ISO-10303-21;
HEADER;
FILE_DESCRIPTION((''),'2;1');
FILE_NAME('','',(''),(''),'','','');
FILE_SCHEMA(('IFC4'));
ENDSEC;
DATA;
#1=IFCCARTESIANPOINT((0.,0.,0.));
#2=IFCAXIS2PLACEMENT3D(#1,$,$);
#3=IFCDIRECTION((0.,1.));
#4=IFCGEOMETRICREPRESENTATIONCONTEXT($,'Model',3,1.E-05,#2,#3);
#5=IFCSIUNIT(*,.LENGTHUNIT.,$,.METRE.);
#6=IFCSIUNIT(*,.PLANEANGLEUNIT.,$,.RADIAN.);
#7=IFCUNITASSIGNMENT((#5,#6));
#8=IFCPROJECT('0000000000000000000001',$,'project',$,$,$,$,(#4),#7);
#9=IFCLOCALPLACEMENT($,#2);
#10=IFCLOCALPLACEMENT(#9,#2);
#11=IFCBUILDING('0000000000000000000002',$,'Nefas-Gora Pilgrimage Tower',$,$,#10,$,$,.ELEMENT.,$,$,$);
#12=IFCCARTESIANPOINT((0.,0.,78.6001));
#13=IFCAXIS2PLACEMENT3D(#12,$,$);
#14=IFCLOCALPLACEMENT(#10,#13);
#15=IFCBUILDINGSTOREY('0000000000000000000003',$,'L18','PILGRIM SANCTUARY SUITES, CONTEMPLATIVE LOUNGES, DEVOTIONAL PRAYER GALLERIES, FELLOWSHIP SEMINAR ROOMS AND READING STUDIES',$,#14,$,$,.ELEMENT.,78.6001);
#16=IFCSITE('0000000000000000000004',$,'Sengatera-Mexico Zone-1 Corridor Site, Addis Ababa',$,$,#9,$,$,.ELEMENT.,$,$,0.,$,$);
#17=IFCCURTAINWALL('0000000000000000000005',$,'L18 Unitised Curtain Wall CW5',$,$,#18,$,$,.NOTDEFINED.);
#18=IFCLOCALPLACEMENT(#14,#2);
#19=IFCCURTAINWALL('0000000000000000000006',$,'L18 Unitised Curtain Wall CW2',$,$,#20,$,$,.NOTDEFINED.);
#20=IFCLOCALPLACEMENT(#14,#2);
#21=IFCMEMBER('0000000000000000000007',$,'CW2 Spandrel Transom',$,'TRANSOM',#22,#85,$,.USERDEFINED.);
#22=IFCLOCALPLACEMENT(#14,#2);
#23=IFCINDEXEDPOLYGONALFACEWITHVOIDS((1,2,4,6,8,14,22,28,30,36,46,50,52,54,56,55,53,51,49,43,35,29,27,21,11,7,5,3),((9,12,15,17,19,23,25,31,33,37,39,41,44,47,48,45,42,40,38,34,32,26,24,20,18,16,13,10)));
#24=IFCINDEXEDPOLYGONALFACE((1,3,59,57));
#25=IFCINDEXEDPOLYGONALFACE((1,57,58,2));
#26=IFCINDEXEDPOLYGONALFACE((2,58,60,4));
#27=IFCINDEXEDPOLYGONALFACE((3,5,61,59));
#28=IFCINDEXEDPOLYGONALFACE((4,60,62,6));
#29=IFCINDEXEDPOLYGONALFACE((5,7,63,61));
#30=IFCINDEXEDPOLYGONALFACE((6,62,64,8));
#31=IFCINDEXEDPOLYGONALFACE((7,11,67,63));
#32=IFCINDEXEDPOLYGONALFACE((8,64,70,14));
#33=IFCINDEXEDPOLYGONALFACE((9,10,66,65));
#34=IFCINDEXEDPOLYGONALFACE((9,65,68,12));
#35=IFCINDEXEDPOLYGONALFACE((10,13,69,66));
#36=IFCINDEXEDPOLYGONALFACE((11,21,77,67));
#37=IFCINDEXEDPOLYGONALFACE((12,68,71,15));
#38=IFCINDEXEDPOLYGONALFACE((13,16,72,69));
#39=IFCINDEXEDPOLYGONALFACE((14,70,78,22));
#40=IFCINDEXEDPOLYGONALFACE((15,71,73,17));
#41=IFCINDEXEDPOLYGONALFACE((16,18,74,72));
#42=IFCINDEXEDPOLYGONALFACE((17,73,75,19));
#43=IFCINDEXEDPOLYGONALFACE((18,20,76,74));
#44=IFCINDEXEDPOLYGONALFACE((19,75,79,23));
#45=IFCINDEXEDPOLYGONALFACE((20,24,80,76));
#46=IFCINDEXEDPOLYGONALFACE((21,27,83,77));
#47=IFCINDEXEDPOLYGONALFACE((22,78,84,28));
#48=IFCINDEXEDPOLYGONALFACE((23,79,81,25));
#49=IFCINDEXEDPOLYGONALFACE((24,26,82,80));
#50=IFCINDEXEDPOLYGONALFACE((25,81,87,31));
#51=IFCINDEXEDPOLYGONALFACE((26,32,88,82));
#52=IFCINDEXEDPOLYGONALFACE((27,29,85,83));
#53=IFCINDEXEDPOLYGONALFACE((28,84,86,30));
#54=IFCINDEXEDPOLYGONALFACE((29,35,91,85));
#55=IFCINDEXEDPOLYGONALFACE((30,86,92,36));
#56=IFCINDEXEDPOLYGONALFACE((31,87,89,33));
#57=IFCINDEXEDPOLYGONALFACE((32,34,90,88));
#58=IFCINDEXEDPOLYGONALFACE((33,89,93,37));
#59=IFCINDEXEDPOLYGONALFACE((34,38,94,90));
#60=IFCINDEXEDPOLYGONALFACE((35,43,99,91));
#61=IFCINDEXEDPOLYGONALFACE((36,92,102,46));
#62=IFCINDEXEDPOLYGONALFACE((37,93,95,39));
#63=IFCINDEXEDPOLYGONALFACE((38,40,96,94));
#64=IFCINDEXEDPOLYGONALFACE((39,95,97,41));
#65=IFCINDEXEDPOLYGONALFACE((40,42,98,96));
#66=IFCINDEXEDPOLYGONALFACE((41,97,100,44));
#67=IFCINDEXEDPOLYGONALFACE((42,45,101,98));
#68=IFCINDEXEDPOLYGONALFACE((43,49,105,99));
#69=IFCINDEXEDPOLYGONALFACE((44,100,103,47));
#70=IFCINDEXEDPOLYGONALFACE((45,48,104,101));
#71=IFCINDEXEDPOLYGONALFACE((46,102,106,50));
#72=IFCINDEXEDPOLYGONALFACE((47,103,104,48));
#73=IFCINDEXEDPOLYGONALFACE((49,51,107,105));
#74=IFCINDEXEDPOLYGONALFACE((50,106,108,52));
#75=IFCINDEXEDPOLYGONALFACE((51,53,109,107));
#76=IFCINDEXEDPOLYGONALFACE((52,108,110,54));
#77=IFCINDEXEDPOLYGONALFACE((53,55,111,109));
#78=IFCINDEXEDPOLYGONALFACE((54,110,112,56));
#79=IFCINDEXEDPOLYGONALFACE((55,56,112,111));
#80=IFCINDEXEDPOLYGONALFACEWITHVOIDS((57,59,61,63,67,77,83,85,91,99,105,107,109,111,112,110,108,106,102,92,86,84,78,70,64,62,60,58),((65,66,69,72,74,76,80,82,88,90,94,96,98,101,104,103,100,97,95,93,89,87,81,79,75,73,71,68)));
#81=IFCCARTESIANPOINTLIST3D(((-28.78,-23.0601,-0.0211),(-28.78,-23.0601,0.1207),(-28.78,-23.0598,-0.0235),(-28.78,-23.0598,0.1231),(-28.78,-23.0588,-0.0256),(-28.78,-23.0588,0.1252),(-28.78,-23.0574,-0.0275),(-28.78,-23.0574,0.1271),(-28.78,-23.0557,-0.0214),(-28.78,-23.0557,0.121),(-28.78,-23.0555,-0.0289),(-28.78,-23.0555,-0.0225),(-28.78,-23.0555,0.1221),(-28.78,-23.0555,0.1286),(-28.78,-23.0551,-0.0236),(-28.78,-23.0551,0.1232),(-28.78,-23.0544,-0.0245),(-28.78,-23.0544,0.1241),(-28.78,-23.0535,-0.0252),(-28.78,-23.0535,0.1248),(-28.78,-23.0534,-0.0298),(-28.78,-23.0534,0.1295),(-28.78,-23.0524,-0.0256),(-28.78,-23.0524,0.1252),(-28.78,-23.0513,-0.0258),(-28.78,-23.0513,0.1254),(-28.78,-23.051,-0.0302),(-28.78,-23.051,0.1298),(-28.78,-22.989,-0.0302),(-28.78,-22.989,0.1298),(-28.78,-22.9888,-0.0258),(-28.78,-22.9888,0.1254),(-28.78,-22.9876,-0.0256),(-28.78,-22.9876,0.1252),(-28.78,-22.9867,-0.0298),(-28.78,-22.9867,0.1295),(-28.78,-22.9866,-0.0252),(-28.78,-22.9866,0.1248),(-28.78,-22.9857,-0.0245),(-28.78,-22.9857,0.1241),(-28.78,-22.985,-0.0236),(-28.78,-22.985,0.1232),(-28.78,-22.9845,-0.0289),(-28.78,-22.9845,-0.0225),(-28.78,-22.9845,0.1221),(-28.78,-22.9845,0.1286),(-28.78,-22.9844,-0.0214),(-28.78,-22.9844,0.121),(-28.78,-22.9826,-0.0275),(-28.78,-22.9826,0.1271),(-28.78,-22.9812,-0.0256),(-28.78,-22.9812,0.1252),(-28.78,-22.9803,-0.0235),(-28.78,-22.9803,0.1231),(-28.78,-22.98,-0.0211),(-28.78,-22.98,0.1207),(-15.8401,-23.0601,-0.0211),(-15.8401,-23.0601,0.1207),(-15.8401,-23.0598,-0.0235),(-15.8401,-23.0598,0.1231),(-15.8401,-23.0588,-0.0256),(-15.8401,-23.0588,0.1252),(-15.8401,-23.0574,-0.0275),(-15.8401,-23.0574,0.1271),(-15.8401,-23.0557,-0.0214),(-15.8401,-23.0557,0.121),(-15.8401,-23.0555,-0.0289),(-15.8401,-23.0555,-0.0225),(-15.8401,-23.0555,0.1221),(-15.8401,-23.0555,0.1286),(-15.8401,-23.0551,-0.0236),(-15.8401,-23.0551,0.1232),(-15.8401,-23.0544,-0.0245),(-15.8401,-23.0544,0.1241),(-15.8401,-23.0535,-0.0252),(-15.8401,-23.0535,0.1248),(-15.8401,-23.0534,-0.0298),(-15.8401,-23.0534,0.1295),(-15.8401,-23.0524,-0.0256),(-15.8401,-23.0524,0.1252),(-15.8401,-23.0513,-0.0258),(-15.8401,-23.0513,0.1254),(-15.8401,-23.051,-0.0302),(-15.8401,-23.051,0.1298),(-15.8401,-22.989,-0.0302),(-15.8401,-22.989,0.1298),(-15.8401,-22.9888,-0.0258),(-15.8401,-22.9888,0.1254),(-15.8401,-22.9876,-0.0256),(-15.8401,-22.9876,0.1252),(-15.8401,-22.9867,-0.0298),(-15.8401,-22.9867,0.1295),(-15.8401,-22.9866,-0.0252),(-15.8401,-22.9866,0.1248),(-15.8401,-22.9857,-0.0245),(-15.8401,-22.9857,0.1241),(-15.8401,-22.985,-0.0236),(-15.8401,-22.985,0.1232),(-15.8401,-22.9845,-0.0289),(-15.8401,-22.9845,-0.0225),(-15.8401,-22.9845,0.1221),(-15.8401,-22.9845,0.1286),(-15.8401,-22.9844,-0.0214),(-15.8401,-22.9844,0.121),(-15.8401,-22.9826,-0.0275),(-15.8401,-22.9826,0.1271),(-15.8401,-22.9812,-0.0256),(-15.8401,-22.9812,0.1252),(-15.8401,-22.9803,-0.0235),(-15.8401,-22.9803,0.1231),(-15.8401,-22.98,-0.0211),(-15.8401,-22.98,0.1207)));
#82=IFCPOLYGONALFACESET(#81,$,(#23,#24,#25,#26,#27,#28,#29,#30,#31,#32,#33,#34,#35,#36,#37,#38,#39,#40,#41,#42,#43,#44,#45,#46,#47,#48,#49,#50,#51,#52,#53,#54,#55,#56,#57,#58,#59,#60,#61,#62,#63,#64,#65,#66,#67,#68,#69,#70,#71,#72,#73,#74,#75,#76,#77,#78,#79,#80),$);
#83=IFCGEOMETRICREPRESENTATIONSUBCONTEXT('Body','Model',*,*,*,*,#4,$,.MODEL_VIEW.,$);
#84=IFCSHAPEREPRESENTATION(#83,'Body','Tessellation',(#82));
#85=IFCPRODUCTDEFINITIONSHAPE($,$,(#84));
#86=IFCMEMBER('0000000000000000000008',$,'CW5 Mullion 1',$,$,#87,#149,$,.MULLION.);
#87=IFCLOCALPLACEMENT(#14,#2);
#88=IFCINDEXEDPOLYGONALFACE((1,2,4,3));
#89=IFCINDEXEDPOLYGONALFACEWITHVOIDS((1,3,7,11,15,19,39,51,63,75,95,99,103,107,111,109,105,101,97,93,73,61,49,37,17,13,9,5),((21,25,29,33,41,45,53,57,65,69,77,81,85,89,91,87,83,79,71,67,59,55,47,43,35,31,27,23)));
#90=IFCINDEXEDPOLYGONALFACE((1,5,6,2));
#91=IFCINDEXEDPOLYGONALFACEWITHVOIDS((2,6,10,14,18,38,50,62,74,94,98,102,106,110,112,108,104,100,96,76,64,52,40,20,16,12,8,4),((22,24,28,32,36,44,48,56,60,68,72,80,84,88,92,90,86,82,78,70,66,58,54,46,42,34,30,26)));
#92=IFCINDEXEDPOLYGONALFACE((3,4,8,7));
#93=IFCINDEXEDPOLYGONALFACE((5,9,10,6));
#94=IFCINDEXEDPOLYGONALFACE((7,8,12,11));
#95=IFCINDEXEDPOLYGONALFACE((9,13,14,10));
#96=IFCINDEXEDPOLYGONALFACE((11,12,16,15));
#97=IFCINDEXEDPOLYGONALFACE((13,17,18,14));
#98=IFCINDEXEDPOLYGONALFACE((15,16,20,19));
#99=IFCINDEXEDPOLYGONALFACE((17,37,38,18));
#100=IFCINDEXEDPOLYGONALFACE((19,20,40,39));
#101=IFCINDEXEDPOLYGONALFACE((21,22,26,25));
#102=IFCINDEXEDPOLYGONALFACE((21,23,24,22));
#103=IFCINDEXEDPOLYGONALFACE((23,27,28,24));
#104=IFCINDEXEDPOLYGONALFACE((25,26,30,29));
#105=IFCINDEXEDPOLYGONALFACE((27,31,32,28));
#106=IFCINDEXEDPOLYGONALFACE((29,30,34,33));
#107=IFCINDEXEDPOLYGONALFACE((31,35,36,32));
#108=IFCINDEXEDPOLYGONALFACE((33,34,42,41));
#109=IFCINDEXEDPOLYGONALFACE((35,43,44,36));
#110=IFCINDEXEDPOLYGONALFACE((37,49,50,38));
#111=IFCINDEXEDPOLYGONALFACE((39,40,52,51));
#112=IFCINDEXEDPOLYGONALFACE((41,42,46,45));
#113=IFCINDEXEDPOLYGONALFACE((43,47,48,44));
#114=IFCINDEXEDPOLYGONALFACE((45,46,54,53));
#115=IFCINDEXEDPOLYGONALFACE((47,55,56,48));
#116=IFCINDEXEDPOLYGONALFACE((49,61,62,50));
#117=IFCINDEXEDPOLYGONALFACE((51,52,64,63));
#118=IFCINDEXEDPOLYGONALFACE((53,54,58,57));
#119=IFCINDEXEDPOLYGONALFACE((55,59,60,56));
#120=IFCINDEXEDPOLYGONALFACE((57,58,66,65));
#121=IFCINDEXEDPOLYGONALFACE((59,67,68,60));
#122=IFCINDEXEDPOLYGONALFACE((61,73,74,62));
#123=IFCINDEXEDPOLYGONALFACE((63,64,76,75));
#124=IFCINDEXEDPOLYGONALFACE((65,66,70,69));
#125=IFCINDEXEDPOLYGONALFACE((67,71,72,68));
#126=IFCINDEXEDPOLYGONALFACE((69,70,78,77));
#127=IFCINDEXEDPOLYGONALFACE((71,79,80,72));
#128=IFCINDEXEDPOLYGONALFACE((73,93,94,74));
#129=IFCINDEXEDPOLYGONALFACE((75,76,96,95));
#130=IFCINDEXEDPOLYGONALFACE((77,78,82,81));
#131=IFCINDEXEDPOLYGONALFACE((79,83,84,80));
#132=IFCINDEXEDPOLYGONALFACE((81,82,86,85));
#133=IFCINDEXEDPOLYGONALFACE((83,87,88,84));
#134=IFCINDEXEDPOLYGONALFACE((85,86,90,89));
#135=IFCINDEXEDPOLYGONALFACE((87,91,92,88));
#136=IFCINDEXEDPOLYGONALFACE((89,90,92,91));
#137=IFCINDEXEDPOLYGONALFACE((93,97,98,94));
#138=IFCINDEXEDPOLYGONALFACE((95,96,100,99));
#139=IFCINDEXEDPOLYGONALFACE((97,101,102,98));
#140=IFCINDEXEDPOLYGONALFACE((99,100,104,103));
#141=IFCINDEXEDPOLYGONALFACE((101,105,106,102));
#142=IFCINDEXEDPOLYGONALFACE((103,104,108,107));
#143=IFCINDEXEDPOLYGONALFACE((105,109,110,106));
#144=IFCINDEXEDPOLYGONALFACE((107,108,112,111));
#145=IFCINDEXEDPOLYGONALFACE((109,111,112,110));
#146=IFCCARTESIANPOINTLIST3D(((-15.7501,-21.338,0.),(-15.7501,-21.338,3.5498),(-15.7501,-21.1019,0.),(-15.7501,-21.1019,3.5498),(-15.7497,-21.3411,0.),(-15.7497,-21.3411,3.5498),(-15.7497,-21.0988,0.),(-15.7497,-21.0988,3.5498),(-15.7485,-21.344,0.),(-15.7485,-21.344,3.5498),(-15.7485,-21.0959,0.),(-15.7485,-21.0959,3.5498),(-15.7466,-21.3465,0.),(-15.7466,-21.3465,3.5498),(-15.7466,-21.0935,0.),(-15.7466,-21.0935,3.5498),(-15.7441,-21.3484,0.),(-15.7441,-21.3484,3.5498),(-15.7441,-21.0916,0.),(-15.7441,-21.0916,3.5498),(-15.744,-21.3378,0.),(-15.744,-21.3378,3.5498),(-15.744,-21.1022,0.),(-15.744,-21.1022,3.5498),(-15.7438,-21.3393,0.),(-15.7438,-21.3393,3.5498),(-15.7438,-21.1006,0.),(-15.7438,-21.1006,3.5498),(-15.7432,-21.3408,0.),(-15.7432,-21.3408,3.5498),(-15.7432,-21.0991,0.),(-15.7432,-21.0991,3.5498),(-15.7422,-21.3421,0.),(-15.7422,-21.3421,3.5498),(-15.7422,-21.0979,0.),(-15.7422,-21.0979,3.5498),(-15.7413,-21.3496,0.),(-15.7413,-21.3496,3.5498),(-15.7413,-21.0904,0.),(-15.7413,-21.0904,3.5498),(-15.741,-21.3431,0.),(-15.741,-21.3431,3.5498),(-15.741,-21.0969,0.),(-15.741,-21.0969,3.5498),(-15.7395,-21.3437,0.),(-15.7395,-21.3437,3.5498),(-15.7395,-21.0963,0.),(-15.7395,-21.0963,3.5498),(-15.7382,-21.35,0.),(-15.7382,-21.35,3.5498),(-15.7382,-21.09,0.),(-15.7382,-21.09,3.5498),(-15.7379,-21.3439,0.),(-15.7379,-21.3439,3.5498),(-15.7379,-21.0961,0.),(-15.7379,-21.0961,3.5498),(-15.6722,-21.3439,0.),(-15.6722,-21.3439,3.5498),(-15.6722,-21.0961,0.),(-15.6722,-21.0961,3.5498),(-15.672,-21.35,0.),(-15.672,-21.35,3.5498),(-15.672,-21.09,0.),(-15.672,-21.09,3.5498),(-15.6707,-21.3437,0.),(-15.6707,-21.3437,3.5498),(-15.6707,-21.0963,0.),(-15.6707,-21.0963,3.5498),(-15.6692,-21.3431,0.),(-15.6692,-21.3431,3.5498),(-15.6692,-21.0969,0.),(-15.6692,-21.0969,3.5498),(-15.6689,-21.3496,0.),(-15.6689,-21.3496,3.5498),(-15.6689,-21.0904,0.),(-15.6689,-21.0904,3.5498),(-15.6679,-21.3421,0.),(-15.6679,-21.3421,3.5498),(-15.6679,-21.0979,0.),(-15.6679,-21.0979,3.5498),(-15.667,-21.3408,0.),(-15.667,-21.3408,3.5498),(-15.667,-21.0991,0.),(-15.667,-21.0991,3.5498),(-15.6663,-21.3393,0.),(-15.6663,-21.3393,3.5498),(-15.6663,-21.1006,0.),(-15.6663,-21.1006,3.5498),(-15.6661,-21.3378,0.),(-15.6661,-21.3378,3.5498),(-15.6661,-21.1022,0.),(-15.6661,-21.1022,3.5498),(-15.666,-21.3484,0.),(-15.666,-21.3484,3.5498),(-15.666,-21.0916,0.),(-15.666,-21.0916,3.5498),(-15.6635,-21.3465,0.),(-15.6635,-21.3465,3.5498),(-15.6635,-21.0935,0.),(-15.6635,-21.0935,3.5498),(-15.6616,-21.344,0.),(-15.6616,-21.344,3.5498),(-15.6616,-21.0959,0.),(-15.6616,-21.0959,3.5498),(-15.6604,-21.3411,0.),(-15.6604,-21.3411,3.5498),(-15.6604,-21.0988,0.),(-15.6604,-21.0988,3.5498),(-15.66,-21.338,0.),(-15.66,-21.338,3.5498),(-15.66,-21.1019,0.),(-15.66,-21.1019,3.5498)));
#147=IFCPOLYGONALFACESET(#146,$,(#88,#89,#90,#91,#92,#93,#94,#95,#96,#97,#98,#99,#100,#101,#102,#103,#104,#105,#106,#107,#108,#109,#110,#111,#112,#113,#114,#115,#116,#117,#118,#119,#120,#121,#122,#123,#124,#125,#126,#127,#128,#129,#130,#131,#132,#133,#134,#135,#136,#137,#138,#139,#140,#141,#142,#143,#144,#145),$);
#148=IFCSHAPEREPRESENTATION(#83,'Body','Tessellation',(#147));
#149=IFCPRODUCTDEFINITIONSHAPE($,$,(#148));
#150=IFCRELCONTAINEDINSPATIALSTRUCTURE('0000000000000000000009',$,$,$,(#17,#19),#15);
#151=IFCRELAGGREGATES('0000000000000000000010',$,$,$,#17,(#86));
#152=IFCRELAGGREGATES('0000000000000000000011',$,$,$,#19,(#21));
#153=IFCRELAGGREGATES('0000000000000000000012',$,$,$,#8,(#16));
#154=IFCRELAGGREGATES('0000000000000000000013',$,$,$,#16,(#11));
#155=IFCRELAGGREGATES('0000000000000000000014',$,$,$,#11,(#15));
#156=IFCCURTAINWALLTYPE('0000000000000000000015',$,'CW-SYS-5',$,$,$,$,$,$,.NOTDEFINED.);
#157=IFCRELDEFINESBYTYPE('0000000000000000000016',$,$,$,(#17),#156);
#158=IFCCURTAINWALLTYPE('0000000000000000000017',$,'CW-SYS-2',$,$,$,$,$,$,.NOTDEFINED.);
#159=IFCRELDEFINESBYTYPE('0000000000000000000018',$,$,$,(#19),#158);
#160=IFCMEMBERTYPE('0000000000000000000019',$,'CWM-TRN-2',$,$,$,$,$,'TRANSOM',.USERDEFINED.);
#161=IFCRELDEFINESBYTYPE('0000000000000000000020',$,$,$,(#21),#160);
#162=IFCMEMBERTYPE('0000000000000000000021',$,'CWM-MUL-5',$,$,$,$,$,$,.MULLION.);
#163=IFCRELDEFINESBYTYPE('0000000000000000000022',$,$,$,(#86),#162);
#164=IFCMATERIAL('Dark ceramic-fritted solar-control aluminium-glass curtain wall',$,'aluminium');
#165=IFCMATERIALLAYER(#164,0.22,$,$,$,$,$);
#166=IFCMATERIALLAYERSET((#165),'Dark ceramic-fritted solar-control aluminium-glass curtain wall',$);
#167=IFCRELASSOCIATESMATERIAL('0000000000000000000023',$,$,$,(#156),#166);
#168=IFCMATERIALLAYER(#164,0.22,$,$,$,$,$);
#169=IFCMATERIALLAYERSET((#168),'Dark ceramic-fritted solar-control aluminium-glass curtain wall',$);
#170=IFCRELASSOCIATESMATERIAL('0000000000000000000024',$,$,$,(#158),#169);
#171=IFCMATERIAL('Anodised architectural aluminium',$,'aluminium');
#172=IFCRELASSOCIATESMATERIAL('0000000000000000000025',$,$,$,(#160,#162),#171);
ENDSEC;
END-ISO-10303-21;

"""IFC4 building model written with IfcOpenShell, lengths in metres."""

from ifc_helpers import new_model, si_unit, direction, frame, origin, origin_2d, place, context, subcontext, project, spatial, hollow_rectangle, extrude, source, transform, mapped, material, layer, layer_set, material_profile, profile_set, type_object, element, aggregate, save


model = new_model("IFC4")

# Units and contexts
model_context = context("Model", 3, precision=1e-05, world=origin(), true_north=direction((0.0, 1.0)))
body_context = subcontext(model_context, "Body", "Model", "MODEL_VIEW")
ifc_project = project(units=[si_unit("LENGTHUNIT", "METRE"), si_unit("PLANEANGLEUNIT", "RADIAN")], contexts=[model_context])

# Site, building, storey
site_placement = place(None, origin())
site = spatial("IfcSite", under=ifc_project, at=site_placement, Name="Sengatera-Mexico Zone-1 Corridor Site, Addis Ababa", CompositionType="ELEMENT", RefElevation=0.0)
building_placement = place(site_placement, origin())
building = spatial("IfcBuilding", under=site, at=building_placement, Name="Nefas-Gora Pilgrimage Tower", CompositionType="ELEMENT")
storey_placement = place(building_placement, frame((0.0, 0.0, 78.6001)))
storey = spatial("IfcBuildingStorey", under=building, at=storey_placement, Name="L18", Description="PILGRIM SANCTUARY SUITES, CONTEMPLATIVE LOUNGES, DEVOTIONAL PRAYER GALLERIES, FELLOWSHIP SEMINAR ROOMS AND READING STUDIES", CompositionType="ELEMENT", Elevation=78.6001)

# Curtain walls, member
ifc_material_1 = material(Name="Dark ceramic-fritted solar-control aluminium-glass curtain wall", Category="aluminium")
ifc_layer_1 = layer(ifc_material_1, 0.22)
ifc_layer_set_1 = layer_set([ifc_layer_1], Name="Dark ceramic-fritted solar-control aluminium-glass curtain wall")
curtain_wall_type_1 = type_object("IfcCurtainWallType", Name="CW-SYS-5", PredefinedType="NOTDEFINED", material=ifc_layer_set_1)
curtain_wall_1_placement = place(storey_placement, origin())
curtain_wall_1 = element("IfcCurtainWall", 1, at=curtain_wall_1_placement, inside=storey, type_object=curtain_wall_type_1, Name="L18 Unitised Curtain Wall CW5", PredefinedType="NOTDEFINED")
ifc_material_2 = material(Name="Anodised architectural aluminium", Category="aluminium")
ifc_layer_2 = layer(ifc_material_1, 0.22)
ifc_layer_set_2 = layer_set([ifc_layer_2], Name="Dark ceramic-fritted solar-control aluminium-glass curtain wall")
curtain_wall_type_2 = type_object("IfcCurtainWallType", Name="CW-SYS-2", PredefinedType="NOTDEFINED", material=ifc_layer_set_2)
ifc_material_profile_1 = material_profile(ifc_material_2, hollow_rectangle(XDim=0.0801, YDim=0.1599, WallThickness=0.0044, InnerFilletRadius=0.0044, OuterFilletRadius=0.009, at=origin_2d()), Name="ALU TRANSOM 80x160")
ifc_profile_set_1 = profile_set([ifc_material_profile_1], Name="Anodised architectural aluminium")
member_type_1 = type_object("IfcMemberType", Name="CWM-TRN-2", ElementType="TRANSOM", PredefinedType="USERDEFINED", material=ifc_profile_set_1)
curtain_wall_2_placement = place(storey_placement, origin())
curtain_wall_2 = element("IfcCurtainWall", 2, at=curtain_wall_2_placement, inside=storey, type_object=curtain_wall_type_2, Name="L18 Unitised Curtain Wall CW2", PredefinedType="NOTDEFINED")
shared_shape_1 = source(origin(), body_context, "Body", "SweptSolid", [
    extrude(hollow_rectangle(XDim=0.0801, YDim=0.1599, WallThickness=0.0044, InnerFilletRadius=0.0044, OuterFilletRadius=0.009, at=origin_2d()), origin(), (0.0, 0.0, 1.0), 12.9399),
])
member_1_placement = place(storey_placement, frame((-28.78, -23.02, 0.0498), z_axis=(1.0, 0.0, 0.0), x_axis=(0.0, 1.0, 0.0)))
member_1 = element("IfcMember", 3, at=member_1_placement, type_object=member_type_1, Name="CW2 Spandrel Transom", ObjectType="TRANSOM", PredefinedType="USERDEFINED", context=body_context, shape_type="MappedRepresentation", body=[
    mapped(shared_shape_1, transform((0.0, 0.0, 0.0), x_axis=(1.0, 0.0, 0.0), y_axis=(0.0, 1.0, 0.0), z_axis=(0.0, 0.0, 1.0), scale=1.0)),
])

# Member
ifc_material_profile_2 = material_profile(ifc_material_2, hollow_rectangle(XDim=0.0901, YDim=0.26, WallThickness=0.0061, InnerFilletRadius=0.0061, OuterFilletRadius=0.012, at=origin_2d()), Name="ALU MULLION 90x260")
ifc_profile_set_2 = profile_set([ifc_material_profile_2], Name="Anodised architectural aluminium")
member_type_2 = type_object("IfcMemberType", Name="CWM-MUL-5", PredefinedType="MULLION", material=ifc_profile_set_2)
shared_shape_2 = source(origin(), body_context, "Body", "SweptSolid", [
    extrude(hollow_rectangle(XDim=0.0901, YDim=0.26, WallThickness=0.0061, InnerFilletRadius=0.0061, OuterFilletRadius=0.012, at=origin_2d()), origin(), (0.0, 0.0, 1.0), 3.5498),
])
member_2_placement = place(storey_placement, frame((-15.7051, -21.22, 0.0), z_axis=(0.0, 0.0, 1.0), x_axis=(1.0, 0.0, 0.0)))
member_2 = element("IfcMember", 4, at=member_2_placement, type_object=member_type_2, Name="CW5 Mullion 1", PredefinedType="MULLION", context=body_context, shape_type="MappedRepresentation", body=[
    mapped(shared_shape_2, transform((0.0, 0.0, 0.0), x_axis=(1.0, 0.0, 0.0), y_axis=(0.0, 1.0, 0.0), z_axis=(0.0, 0.0, 1.0), scale=1.0)),
])

aggregate(curtain_wall_1, [member_2])
aggregate(curtain_wall_2, [member_1])

save(model, "model.ifc")
